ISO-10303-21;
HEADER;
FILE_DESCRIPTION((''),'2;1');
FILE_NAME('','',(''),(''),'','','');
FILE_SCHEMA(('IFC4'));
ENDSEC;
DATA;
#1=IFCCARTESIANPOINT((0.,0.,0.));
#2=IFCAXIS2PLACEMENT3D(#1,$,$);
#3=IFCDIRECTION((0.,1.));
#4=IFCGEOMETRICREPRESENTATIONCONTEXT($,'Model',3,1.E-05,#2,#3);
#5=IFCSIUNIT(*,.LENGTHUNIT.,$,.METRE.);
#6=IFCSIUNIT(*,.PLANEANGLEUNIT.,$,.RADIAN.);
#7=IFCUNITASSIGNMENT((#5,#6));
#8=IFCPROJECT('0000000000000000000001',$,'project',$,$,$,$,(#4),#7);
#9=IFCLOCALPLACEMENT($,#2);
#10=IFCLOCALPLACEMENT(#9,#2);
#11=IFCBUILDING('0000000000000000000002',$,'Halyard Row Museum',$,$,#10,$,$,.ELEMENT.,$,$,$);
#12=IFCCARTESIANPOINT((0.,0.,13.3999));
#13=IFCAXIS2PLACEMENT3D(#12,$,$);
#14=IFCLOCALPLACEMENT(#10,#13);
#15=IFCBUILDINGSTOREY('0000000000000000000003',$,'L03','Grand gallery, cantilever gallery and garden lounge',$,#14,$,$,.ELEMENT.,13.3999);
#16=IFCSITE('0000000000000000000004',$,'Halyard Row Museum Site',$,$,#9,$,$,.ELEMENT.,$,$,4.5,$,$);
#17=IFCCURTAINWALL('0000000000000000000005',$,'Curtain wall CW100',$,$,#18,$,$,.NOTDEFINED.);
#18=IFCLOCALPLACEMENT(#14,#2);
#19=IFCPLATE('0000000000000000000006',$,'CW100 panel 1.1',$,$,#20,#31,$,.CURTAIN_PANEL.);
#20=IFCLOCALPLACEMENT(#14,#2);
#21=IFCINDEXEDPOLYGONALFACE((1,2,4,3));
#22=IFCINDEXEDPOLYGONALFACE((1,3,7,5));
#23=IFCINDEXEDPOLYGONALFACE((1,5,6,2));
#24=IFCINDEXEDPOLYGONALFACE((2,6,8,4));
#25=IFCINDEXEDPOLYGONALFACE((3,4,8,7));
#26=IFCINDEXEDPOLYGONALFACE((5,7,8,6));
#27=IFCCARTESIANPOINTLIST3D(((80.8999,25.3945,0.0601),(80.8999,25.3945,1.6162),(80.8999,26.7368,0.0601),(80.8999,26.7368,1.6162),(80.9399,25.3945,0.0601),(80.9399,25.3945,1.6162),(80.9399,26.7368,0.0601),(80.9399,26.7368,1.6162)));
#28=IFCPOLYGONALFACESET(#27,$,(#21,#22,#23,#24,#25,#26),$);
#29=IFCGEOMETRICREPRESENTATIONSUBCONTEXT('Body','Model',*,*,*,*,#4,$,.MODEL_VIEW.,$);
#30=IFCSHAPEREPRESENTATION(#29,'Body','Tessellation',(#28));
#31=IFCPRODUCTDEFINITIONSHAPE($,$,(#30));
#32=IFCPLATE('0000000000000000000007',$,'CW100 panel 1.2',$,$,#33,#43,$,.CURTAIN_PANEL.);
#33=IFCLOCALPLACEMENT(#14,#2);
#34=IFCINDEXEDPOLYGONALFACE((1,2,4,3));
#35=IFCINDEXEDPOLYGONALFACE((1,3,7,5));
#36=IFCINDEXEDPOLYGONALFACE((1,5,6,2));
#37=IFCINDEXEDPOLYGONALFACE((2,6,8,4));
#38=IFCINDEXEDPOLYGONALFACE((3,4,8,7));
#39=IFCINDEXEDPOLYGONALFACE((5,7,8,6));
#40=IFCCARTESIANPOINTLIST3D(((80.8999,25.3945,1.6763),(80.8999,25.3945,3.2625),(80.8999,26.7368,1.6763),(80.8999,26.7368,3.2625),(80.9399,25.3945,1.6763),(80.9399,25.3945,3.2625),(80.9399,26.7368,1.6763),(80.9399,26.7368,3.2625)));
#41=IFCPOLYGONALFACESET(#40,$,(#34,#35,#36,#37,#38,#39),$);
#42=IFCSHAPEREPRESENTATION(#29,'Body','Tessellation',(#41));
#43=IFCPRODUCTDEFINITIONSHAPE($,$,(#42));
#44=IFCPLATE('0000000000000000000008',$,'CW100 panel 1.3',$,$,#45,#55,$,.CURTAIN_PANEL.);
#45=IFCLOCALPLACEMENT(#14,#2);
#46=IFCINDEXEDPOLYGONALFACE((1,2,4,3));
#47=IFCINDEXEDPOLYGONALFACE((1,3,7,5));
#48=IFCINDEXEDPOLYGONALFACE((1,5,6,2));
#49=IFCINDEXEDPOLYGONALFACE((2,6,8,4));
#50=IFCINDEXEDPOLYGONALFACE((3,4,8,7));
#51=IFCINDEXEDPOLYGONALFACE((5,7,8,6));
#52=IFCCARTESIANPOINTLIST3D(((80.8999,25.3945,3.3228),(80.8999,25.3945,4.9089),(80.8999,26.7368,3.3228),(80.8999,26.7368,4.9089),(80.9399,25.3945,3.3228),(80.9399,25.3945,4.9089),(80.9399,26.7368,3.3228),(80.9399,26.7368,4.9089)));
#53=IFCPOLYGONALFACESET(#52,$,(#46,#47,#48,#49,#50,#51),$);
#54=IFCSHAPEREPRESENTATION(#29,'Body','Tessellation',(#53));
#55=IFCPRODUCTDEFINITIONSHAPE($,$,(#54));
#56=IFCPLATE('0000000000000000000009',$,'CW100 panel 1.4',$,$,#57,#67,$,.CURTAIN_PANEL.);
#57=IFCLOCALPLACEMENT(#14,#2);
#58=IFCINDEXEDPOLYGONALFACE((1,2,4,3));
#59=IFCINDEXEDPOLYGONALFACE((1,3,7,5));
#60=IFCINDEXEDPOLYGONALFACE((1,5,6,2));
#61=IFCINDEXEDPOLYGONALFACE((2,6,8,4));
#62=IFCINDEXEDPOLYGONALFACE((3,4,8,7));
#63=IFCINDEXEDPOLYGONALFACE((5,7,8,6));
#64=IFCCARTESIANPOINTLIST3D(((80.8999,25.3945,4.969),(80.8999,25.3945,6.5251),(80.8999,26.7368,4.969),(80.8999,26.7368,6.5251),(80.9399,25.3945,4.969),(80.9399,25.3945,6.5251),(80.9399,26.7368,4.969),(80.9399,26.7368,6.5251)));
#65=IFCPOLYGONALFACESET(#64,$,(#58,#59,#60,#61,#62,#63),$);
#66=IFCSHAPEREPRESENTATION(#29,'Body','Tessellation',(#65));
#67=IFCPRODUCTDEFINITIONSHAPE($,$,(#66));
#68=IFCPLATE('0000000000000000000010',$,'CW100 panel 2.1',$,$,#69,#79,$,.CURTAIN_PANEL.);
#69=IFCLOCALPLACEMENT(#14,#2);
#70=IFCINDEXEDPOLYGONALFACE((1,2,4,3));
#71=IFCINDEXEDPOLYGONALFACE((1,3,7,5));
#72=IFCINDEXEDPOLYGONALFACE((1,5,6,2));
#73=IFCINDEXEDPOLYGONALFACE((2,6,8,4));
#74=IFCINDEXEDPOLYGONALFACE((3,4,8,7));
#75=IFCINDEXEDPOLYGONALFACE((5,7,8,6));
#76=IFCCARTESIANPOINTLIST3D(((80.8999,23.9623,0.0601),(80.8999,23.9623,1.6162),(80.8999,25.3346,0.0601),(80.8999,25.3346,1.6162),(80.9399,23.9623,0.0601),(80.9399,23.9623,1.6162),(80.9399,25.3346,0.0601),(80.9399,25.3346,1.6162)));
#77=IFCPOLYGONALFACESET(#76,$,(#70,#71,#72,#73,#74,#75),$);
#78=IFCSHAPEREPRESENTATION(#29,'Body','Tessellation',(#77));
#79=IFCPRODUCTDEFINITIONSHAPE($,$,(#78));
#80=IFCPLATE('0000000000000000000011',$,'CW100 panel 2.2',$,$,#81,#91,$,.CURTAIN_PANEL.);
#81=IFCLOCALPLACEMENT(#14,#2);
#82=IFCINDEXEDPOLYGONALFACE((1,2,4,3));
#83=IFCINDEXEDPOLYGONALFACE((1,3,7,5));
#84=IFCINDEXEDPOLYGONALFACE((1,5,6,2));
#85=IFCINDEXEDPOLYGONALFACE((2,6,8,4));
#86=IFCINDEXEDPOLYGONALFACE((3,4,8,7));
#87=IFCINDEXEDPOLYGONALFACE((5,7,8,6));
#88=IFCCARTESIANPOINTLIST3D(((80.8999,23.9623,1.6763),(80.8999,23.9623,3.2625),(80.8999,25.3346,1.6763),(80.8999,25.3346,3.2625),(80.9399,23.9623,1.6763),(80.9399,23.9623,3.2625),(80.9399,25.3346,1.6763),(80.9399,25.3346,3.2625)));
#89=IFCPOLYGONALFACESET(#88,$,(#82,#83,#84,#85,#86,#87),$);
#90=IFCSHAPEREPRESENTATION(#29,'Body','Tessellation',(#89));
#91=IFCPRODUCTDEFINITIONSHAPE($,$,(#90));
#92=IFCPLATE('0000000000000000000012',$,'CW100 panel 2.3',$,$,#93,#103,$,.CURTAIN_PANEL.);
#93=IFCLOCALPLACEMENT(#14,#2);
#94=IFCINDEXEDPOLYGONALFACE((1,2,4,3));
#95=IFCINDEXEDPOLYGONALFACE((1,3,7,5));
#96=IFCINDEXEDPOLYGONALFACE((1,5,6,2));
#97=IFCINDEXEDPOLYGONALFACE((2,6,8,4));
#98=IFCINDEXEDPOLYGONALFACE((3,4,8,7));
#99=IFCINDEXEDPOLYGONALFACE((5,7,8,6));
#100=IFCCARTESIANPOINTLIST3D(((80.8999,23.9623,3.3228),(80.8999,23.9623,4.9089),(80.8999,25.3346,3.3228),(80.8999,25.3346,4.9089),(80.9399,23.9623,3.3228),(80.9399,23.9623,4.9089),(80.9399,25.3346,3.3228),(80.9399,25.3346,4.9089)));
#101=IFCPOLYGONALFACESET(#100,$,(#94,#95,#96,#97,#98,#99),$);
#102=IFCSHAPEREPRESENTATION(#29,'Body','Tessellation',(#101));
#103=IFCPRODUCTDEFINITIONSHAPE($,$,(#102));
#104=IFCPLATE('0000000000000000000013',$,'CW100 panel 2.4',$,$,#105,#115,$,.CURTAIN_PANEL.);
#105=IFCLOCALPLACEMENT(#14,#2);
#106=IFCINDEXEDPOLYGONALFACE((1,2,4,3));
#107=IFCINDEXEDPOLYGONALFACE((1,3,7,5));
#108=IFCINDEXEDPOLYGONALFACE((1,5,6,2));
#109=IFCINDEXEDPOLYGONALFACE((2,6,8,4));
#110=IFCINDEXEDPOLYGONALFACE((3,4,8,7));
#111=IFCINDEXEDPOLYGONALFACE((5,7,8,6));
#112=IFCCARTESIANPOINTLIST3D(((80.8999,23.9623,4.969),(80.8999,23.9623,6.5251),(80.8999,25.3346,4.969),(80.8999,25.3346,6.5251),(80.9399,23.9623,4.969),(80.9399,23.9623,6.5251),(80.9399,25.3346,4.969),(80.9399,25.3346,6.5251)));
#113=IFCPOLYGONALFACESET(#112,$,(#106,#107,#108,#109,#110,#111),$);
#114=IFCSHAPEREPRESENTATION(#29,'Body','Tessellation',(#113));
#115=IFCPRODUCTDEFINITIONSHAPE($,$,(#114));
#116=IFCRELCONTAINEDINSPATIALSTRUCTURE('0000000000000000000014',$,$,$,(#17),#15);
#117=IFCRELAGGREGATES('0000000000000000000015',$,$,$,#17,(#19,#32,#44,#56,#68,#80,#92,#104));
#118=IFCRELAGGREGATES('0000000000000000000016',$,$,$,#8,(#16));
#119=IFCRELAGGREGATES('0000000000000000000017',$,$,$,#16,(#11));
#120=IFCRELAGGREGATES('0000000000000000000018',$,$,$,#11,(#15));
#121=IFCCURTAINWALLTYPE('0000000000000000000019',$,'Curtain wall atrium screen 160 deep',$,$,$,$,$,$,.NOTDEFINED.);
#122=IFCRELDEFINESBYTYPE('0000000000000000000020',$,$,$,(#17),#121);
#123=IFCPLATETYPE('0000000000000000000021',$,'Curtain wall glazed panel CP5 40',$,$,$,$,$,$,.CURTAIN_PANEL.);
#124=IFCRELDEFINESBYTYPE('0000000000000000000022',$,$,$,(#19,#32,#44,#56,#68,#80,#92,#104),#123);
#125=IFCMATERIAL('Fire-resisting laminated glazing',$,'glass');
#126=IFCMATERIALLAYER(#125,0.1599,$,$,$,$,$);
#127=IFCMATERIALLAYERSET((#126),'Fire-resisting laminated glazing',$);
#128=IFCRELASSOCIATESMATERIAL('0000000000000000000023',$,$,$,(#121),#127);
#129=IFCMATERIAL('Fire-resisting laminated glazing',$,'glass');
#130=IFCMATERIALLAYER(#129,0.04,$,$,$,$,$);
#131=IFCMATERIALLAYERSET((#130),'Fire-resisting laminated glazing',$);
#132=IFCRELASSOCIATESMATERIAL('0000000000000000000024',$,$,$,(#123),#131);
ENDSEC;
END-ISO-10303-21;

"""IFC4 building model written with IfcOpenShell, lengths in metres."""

from ifc_helpers import new_model, si_unit, direction, frame, origin, origin_2d, place, context, subcontext, project, spatial, rectangle, extrude, material, layer, layer_set, type_object, element, aggregate, save


model = new_model("IFC4")

# Units and contexts
model_context = context("Model", 3, precision=1e-05, world=origin(), true_north=direction((0.0, 1.0)))
body_context = subcontext(model_context, "Body", "Model", "MODEL_VIEW")
ifc_project = project(units=[si_unit("LENGTHUNIT", "METRE"), si_unit("PLANEANGLEUNIT", "RADIAN")], contexts=[model_context])

# Site, building, storey
site_placement = place(None, origin())
site = spatial("IfcSite", under=ifc_project, at=site_placement, Name="Halyard Row Museum Site", CompositionType="ELEMENT", RefElevation=4.5)
building_placement = place(site_placement, origin())
building = spatial("IfcBuilding", under=site, at=building_placement, Name="Halyard Row Museum", CompositionType="ELEMENT")
storey_placement = place(building_placement, frame((0.0, 0.0, 13.3999)))
storey = spatial("IfcBuildingStorey", under=building, at=storey_placement, Name="L03", Description="Grand gallery, cantilever gallery and garden lounge", CompositionType="ELEMENT", Elevation=13.3999)

# Shared definitions
ifc_material_1 = material(Name="Fire-resisting laminated glazing", Category="glass")
ifc_layer_1 = layer(ifc_material_1, 0.1599)
ifc_layer_set_1 = layer_set([ifc_layer_1], Name="Fire-resisting laminated glazing")
curtain_wall_type = type_object("IfcCurtainWallType", Name="Curtain wall atrium screen 160 deep", PredefinedType="NOTDEFINED", material=ifc_layer_set_1)

# Curtain wall
curtain_wall_1_placement = place(storey_placement, origin())
curtain_wall_1 = element("IfcCurtainWall", 1, at=curtain_wall_1_placement, inside=storey, type_object=curtain_wall_type, Name="Curtain wall CW100", PredefinedType="NOTDEFINED")

# Plates
ifc_material_2 = material(Name="Fire-resisting laminated glazing", Category="glass")
ifc_layer_2 = layer(ifc_material_2, 0.04)
ifc_layer_set_2 = layer_set([ifc_layer_2], Name="Fire-resisting laminated glazing")
plate_type = type_object("IfcPlateType", Name="Curtain wall glazed panel CP5 40", PredefinedType="CURTAIN_PANEL", material=ifc_layer_set_2)
plate_1_placement = place(storey_placement, frame((80.9199, 26.0657, 0.0601), z_axis=(0.0, 0.0, 1.0), x_axis=(0.0, -1.0, 0.0)))
plate_1 = element("IfcPlate", 2, at=plate_1_placement, type_object=plate_type, Name="CW100 panel 1.1", PredefinedType="CURTAIN_PANEL", context=body_context, shape_type="SweptSolid", body=[
    extrude(rectangle(XDim=1.3423, YDim=0.04, at=origin_2d()), origin(), (0.0, 0.0, 1.0), 1.5562),
])
plate_2_placement = place(storey_placement, frame((80.9199, 26.0657, 1.6763), z_axis=(0.0, 0.0, 1.0), x_axis=(0.0, -1.0, 0.0)))
plate_2 = element("IfcPlate", 3, at=plate_2_placement, type_object=plate_type, Name="CW100 panel 1.2", PredefinedType="CURTAIN_PANEL", context=body_context, shape_type="SweptSolid", body=[
    extrude(rectangle(XDim=1.3423, YDim=0.04, at=origin_2d()), origin(), (0.0, 0.0, 1.0), 1.5862),
])
plate_3_placement = place(storey_placement, frame((80.9199, 26.0657, 3.3228), z_axis=(0.0, 0.0, 1.0), x_axis=(0.0, -1.0, 0.0)))
plate_3 = element("IfcPlate", 4, at=plate_3_placement, type_object=plate_type, Name="CW100 panel 1.3", PredefinedType="CURTAIN_PANEL", context=body_context, shape_type="SweptSolid", body=[
    extrude(rectangle(XDim=1.3423, YDim=0.04, at=origin_2d()), origin(), (0.0, 0.0, 1.0), 1.5862),
])
plate_4_placement = place(storey_placement, frame((80.9199, 26.0657, 4.969), z_axis=(0.0, 0.0, 1.0), x_axis=(0.0, -1.0, 0.0)))
plate_4 = element("IfcPlate", 5, at=plate_4_placement, type_object=plate_type, Name="CW100 panel 1.4", PredefinedType="CURTAIN_PANEL", context=body_context, shape_type="SweptSolid", body=[
    extrude(rectangle(XDim=1.3423, YDim=0.04, at=origin_2d()), origin(), (0.0, 0.0, 1.0), 1.5562),
])
plate_5_placement = place(storey_placement, frame((80.9199, 24.6484, 0.0601), z_axis=(0.0, 0.0, 1.0), x_axis=(0.0, -1.0, 0.0)))
plate_5 = element("IfcPlate", 6, at=plate_5_placement, type_object=plate_type, Name="CW100 panel 2.1", PredefinedType="CURTAIN_PANEL", context=body_context, shape_type="SweptSolid", body=[
    extrude(rectangle(XDim=1.3723, YDim=0.04, at=origin_2d()), origin(), (0.0, 0.0, 1.0), 1.5562),
])
plate_6_placement = place(storey_placement, frame((80.9199, 24.6484, 1.6763), z_axis=(0.0, 0.0, 1.0), x_axis=(0.0, -1.0, 0.0)))
plate_6 = element("IfcPlate", 7, at=plate_6_placement, type_object=plate_type, Name="CW100 panel 2.2", PredefinedType="CURTAIN_PANEL", context=body_context, shape_type="SweptSolid", body=[
    extrude(rectangle(XDim=1.3723, YDim=0.04, at=origin_2d()), origin(), (0.0, 0.0, 1.0), 1.5862),
])
plate_7_placement = place(storey_placement, frame((80.9199, 24.6484, 3.3228), z_axis=(0.0, 0.0, 1.0), x_axis=(0.0, -1.0, 0.0)))
plate_7 = element("IfcPlate", 8, at=plate_7_placement, type_object=plate_type, Name="CW100 panel 2.3", PredefinedType="CURTAIN_PANEL", context=body_context, shape_type="SweptSolid", body=[
    extrude(rectangle(XDim=1.3723, YDim=0.04, at=origin_2d()), origin(), (0.0, 0.0, 1.0), 1.5862),
])
plate_8_placement = place(storey_placement, frame((80.9199, 24.6484, 4.969), z_axis=(0.0, 0.0, 1.0), x_axis=(0.0, -1.0, 0.0)))
plate_8 = element("IfcPlate", 9, at=plate_8_placement, type_object=plate_type, Name="CW100 panel 2.4", PredefinedType="CURTAIN_PANEL", context=body_context, shape_type="SweptSolid", body=[
    extrude(rectangle(XDim=1.3723, YDim=0.04, at=origin_2d()), origin(), (0.0, 0.0, 1.0), 1.5562),
])
aggregate(curtain_wall_1, [plate_1, plate_2, plate_3, plate_4, plate_5, plate_6, plate_7, plate_8])

save(model, "model.ifc")
